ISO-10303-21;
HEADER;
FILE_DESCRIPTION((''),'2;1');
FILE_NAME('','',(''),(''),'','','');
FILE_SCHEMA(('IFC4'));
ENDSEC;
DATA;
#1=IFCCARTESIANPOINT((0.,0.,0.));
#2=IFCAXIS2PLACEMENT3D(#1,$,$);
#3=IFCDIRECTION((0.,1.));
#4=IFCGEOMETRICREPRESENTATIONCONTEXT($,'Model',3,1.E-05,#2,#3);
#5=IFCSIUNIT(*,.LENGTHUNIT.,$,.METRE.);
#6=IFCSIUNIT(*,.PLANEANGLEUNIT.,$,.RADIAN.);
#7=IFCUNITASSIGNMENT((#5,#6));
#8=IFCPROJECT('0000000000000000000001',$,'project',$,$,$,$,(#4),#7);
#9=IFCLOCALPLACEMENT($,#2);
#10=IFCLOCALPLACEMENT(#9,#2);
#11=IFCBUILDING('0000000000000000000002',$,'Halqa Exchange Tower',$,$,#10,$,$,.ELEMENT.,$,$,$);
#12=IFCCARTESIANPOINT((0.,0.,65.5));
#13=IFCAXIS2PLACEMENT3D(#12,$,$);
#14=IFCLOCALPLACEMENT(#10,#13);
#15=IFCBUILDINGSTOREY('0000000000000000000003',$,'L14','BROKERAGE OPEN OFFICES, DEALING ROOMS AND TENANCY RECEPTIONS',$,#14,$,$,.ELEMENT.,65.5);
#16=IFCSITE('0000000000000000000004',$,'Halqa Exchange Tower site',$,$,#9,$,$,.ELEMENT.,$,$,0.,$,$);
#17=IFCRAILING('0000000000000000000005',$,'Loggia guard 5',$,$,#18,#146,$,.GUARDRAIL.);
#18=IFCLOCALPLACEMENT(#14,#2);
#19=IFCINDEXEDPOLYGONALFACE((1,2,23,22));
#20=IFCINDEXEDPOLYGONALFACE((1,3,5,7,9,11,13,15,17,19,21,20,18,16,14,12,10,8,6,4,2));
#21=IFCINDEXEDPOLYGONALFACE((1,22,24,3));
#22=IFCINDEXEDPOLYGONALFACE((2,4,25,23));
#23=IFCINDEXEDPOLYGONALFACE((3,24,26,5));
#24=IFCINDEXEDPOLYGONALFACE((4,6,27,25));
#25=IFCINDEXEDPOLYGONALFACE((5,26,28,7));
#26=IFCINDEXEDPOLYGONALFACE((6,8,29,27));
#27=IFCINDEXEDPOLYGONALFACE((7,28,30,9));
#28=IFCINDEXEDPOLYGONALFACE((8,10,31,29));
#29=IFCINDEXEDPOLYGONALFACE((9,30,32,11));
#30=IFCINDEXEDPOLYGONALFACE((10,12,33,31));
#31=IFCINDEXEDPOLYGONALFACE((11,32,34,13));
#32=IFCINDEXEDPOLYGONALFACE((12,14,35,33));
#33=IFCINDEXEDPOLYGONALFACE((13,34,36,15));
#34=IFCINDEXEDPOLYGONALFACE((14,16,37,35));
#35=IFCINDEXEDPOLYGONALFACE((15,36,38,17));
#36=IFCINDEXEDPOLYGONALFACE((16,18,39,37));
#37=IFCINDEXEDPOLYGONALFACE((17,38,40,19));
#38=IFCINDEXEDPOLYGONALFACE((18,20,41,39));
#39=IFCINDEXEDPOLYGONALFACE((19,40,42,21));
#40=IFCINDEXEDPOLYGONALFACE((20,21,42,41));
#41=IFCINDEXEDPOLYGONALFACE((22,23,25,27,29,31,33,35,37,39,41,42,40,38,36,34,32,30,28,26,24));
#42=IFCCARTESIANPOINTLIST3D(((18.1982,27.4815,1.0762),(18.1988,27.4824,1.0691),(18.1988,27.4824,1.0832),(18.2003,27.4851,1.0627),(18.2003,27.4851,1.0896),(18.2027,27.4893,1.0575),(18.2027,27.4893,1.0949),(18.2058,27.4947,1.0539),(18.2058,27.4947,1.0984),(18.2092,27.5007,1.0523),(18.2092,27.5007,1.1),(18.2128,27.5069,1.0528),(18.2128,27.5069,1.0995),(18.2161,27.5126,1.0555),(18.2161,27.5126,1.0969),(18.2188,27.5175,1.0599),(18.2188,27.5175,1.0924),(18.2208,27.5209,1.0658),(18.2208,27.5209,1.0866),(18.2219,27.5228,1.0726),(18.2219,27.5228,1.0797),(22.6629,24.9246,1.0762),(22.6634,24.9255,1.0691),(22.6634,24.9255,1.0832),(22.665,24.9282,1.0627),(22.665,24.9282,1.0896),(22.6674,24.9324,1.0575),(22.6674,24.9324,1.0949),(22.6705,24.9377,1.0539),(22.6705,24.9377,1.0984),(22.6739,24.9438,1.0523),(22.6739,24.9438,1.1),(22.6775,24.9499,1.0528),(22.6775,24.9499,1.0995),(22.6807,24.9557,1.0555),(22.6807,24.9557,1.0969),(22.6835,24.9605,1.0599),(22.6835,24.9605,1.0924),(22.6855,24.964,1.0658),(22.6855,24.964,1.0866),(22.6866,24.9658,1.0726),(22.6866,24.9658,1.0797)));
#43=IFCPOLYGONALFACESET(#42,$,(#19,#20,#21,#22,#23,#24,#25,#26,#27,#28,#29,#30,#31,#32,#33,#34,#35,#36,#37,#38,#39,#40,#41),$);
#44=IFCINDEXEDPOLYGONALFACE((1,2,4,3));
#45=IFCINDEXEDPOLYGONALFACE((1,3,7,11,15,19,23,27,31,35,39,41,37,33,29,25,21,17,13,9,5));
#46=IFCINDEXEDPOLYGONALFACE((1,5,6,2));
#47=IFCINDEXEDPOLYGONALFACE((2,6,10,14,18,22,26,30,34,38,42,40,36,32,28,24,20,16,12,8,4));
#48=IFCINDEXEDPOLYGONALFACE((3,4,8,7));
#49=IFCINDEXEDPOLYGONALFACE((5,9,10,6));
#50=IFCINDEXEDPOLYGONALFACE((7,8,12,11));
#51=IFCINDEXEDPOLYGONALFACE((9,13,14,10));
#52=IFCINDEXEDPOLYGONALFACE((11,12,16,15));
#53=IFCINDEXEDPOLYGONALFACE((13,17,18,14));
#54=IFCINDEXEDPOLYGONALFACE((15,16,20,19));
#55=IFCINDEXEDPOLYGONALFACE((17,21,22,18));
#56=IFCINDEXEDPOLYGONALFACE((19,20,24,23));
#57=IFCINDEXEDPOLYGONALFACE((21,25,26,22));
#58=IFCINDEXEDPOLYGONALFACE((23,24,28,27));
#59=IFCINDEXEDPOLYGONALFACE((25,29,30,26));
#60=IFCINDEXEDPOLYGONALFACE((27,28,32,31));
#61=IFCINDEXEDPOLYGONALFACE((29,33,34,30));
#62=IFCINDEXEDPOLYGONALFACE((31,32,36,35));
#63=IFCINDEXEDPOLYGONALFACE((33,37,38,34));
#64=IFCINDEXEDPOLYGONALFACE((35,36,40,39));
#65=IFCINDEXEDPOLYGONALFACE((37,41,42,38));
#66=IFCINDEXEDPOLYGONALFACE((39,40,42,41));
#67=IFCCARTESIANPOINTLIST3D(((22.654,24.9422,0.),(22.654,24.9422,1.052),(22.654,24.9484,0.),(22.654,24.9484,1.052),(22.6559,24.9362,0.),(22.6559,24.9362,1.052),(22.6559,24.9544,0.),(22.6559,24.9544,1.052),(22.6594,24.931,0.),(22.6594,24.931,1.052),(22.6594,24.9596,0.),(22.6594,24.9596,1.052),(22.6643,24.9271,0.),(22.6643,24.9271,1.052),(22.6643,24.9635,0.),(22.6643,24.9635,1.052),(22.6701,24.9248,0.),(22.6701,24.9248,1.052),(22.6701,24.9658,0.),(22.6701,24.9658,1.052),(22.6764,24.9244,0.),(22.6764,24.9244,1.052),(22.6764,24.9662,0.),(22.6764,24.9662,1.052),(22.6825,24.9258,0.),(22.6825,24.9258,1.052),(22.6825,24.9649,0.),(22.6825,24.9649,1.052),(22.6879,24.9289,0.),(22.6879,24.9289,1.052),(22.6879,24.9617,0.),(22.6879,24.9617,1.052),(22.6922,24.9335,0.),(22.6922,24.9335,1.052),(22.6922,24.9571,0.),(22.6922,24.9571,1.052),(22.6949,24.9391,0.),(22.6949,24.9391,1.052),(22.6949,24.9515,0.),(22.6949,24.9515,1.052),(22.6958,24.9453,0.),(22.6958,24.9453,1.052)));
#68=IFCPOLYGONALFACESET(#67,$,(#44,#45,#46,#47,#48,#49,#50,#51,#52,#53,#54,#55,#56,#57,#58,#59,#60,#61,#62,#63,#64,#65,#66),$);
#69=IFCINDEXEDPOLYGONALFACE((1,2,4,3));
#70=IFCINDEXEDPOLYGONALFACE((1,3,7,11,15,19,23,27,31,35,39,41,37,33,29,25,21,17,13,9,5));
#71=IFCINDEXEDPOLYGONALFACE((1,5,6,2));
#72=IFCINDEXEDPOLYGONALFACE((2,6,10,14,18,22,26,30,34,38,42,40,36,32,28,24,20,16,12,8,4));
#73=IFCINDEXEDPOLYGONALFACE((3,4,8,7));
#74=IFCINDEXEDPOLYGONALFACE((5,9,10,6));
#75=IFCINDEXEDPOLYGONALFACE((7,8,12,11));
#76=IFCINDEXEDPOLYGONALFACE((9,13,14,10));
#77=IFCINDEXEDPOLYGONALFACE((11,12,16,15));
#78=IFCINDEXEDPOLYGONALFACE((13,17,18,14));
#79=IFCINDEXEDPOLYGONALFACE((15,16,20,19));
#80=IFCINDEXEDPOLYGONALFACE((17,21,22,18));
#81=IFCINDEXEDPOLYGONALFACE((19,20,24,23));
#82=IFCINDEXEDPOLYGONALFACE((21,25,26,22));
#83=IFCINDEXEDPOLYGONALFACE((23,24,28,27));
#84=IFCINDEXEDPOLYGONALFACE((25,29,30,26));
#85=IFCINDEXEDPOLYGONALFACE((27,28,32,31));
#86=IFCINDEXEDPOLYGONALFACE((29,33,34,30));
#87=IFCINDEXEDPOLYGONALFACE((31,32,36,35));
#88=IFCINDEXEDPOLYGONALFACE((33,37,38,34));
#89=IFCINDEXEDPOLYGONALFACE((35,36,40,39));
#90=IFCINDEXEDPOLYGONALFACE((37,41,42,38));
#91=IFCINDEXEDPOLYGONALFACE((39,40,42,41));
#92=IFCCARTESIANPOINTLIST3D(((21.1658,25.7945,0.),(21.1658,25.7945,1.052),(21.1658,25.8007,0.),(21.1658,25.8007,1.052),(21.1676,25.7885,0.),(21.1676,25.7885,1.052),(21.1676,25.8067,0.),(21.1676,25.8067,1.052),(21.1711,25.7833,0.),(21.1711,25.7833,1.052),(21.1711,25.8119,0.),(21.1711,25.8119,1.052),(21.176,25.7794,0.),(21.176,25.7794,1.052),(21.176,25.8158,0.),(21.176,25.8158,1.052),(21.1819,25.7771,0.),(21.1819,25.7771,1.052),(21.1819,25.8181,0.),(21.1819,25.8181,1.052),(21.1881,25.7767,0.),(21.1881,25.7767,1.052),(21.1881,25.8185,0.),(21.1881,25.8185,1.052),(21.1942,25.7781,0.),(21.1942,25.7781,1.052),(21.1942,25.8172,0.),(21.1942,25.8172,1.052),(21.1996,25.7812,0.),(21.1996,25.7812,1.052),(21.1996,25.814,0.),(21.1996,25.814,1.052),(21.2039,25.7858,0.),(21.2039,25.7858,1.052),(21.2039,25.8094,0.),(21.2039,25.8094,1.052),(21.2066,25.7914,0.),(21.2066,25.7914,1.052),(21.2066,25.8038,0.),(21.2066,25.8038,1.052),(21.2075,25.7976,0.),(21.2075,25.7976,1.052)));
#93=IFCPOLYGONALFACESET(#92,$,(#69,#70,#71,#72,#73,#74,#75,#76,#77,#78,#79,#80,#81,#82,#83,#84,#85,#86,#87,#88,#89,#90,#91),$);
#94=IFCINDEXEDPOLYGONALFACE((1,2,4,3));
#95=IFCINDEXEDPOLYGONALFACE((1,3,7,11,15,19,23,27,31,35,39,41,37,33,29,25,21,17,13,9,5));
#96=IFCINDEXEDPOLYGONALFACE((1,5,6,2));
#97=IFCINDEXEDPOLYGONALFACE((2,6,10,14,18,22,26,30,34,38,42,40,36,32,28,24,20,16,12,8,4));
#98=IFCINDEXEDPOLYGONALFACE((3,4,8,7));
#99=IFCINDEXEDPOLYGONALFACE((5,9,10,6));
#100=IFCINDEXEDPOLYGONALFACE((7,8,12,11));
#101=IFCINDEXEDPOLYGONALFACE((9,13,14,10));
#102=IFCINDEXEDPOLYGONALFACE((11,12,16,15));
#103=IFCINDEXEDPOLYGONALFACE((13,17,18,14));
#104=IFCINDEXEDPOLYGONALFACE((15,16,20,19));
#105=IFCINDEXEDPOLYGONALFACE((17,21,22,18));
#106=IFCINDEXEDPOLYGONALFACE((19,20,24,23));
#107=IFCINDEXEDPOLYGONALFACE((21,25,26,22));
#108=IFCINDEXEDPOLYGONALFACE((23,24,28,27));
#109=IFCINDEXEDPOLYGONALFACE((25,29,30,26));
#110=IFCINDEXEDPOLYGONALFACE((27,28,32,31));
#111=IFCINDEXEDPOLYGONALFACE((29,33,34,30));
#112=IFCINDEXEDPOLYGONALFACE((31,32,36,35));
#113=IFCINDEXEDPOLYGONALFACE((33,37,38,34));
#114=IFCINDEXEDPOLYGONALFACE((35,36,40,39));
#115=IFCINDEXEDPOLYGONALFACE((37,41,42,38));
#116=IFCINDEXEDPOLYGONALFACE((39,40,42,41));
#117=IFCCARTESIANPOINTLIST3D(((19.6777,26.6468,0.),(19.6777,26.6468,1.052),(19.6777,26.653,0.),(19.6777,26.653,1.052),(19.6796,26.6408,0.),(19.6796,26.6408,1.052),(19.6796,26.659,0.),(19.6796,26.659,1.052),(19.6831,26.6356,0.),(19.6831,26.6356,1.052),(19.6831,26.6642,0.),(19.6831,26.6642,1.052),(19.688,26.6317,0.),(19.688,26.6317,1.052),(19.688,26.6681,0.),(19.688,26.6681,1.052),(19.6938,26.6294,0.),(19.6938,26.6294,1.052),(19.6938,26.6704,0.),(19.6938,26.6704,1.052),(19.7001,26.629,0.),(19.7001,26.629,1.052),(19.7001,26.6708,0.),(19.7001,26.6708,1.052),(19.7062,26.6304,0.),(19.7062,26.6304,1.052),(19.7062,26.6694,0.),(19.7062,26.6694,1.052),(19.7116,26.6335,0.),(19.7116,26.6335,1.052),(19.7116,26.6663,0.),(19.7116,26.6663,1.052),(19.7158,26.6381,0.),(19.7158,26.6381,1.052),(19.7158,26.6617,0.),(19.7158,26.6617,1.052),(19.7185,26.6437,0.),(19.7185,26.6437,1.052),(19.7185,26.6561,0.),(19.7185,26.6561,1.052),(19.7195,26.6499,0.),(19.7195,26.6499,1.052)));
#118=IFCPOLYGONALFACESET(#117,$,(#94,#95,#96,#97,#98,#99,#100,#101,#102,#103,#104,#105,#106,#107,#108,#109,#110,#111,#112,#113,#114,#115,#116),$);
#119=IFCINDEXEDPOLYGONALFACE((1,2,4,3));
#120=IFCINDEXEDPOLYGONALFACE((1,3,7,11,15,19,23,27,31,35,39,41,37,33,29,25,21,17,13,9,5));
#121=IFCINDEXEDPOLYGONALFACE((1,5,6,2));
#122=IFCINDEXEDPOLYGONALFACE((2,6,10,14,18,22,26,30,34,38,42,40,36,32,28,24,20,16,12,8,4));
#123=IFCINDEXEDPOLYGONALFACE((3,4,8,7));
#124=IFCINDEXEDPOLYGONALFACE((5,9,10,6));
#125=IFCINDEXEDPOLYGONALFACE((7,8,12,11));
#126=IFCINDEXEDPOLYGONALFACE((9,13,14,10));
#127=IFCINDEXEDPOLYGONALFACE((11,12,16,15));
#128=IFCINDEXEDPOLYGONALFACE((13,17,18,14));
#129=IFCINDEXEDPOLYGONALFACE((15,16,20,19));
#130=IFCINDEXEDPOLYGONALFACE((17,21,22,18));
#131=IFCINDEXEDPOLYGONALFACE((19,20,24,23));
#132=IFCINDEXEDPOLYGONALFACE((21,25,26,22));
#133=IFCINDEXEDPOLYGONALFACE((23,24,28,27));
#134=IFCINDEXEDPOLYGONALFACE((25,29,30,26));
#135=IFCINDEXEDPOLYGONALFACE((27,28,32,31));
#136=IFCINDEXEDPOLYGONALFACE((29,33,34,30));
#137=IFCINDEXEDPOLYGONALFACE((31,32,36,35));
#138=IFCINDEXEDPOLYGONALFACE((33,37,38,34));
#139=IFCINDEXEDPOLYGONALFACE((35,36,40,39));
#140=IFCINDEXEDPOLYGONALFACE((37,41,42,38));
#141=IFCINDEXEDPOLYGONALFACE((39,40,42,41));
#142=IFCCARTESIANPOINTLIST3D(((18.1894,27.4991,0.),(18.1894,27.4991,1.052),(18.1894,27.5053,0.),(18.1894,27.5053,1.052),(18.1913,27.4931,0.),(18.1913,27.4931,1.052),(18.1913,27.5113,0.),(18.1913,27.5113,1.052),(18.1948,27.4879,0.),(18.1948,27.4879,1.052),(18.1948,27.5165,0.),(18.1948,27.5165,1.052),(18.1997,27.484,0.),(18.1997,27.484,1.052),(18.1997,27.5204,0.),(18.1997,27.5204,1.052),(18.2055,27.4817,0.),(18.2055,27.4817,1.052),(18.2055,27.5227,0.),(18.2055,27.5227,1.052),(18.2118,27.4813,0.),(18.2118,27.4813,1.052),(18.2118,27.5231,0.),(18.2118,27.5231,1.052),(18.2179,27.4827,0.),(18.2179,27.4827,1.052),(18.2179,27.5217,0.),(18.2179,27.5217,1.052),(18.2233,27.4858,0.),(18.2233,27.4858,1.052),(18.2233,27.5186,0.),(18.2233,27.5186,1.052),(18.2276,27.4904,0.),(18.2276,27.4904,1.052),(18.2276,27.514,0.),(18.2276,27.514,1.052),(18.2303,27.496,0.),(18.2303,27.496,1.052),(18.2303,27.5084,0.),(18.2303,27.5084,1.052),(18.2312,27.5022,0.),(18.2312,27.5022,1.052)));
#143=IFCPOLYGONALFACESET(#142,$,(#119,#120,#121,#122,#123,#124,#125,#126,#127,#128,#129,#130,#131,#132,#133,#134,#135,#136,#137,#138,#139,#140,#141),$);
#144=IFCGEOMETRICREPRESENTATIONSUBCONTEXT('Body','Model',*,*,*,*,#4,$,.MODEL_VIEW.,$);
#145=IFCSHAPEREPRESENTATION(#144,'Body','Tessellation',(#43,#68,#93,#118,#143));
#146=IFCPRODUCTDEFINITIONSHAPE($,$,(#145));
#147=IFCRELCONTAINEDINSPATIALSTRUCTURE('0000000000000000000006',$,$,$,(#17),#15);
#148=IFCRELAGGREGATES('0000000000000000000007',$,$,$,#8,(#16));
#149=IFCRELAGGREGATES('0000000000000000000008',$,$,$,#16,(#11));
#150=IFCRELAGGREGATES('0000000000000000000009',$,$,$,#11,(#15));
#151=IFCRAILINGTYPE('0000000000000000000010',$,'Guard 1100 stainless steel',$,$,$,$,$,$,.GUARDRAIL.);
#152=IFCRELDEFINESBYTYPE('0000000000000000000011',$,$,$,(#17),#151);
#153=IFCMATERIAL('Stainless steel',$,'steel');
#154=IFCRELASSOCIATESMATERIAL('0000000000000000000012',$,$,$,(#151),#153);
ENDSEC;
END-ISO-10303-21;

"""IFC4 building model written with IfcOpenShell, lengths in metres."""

from ifc_helpers import new_model, si_unit, direction, frame, origin, origin_2d, place, context, subcontext, project, spatial, circle, extrude, material, type_object, element, save


model = new_model("IFC4")

# Units and contexts
model_context = context("Model", 3, precision=1e-05, world=origin(), true_north=direction((0.0, 1.0)))
body_context = subcontext(model_context, "Body", "Model", "MODEL_VIEW")
ifc_project = project(units=[si_unit("LENGTHUNIT", "METRE"), si_unit("PLANEANGLEUNIT", "RADIAN")], contexts=[model_context])

# Site, building, storey
site_placement = place(None, origin())
site = spatial("IfcSite", under=ifc_project, at=site_placement, Name="Halqa Exchange Tower site", CompositionType="ELEMENT", RefElevation=0.0)
building_placement = place(site_placement, origin())
building = spatial("IfcBuilding", under=site, at=building_placement, Name="Halqa Exchange Tower", CompositionType="ELEMENT")
storey_placement = place(building_placement, frame((0.0, 0.0, 65.5)))
storey = spatial("IfcBuildingStorey", under=building, at=storey_placement, Name="L14", Description="BROKERAGE OPEN OFFICES, DEALING ROOMS AND TENANCY RECEPTIONS", CompositionType="ELEMENT", Elevation=65.5)

# Railing
ifc_material_1 = material(Name="Stainless steel", Category="steel")
railing_type = type_object("IfcRailingType", Name="Guard 1100 stainless steel", PredefinedType="GUARDRAIL", material=ifc_material_1)
railing_1_placement = place(storey_placement, frame((22.6748, 24.9453, 0.0)))
element("IfcRailing", 1, at=railing_1_placement, inside=storey, type_object=railing_type, Name="Loggia guard 5", PredefinedType="GUARDRAIL", context=body_context, shape_type="SweptSolid", body=[
    extrude(circle(Radius=0.0239, at=origin_2d()), frame((0.0, 0.0, 1.0762), z_axis=(-0.867767, 0.496972, 0.0), x_axis=(-0.496972, -0.867767, 0.0)), (0.0, 0.0, 1.0), 5.145),
    extrude(circle(Radius=0.021, at=origin_2d()), origin(), (0.0, 0.0, 1.0), 1.052),
    extrude(circle(Radius=0.021, at=origin_2d()), frame((-1.4883, 0.8523, 0.0)), (0.0, 0.0, 1.0), 1.052),
    extrude(circle(Radius=0.021, at=origin_2d()), frame((-2.9763, 1.7046, 0.0)), (0.0, 0.0, 1.0), 1.052),
    extrude(circle(Radius=0.021, at=origin_2d()), frame((-4.4646, 2.5569, 0.0)), (0.0, 0.0, 1.0), 1.052),
])

save(model, "model.ifc")
